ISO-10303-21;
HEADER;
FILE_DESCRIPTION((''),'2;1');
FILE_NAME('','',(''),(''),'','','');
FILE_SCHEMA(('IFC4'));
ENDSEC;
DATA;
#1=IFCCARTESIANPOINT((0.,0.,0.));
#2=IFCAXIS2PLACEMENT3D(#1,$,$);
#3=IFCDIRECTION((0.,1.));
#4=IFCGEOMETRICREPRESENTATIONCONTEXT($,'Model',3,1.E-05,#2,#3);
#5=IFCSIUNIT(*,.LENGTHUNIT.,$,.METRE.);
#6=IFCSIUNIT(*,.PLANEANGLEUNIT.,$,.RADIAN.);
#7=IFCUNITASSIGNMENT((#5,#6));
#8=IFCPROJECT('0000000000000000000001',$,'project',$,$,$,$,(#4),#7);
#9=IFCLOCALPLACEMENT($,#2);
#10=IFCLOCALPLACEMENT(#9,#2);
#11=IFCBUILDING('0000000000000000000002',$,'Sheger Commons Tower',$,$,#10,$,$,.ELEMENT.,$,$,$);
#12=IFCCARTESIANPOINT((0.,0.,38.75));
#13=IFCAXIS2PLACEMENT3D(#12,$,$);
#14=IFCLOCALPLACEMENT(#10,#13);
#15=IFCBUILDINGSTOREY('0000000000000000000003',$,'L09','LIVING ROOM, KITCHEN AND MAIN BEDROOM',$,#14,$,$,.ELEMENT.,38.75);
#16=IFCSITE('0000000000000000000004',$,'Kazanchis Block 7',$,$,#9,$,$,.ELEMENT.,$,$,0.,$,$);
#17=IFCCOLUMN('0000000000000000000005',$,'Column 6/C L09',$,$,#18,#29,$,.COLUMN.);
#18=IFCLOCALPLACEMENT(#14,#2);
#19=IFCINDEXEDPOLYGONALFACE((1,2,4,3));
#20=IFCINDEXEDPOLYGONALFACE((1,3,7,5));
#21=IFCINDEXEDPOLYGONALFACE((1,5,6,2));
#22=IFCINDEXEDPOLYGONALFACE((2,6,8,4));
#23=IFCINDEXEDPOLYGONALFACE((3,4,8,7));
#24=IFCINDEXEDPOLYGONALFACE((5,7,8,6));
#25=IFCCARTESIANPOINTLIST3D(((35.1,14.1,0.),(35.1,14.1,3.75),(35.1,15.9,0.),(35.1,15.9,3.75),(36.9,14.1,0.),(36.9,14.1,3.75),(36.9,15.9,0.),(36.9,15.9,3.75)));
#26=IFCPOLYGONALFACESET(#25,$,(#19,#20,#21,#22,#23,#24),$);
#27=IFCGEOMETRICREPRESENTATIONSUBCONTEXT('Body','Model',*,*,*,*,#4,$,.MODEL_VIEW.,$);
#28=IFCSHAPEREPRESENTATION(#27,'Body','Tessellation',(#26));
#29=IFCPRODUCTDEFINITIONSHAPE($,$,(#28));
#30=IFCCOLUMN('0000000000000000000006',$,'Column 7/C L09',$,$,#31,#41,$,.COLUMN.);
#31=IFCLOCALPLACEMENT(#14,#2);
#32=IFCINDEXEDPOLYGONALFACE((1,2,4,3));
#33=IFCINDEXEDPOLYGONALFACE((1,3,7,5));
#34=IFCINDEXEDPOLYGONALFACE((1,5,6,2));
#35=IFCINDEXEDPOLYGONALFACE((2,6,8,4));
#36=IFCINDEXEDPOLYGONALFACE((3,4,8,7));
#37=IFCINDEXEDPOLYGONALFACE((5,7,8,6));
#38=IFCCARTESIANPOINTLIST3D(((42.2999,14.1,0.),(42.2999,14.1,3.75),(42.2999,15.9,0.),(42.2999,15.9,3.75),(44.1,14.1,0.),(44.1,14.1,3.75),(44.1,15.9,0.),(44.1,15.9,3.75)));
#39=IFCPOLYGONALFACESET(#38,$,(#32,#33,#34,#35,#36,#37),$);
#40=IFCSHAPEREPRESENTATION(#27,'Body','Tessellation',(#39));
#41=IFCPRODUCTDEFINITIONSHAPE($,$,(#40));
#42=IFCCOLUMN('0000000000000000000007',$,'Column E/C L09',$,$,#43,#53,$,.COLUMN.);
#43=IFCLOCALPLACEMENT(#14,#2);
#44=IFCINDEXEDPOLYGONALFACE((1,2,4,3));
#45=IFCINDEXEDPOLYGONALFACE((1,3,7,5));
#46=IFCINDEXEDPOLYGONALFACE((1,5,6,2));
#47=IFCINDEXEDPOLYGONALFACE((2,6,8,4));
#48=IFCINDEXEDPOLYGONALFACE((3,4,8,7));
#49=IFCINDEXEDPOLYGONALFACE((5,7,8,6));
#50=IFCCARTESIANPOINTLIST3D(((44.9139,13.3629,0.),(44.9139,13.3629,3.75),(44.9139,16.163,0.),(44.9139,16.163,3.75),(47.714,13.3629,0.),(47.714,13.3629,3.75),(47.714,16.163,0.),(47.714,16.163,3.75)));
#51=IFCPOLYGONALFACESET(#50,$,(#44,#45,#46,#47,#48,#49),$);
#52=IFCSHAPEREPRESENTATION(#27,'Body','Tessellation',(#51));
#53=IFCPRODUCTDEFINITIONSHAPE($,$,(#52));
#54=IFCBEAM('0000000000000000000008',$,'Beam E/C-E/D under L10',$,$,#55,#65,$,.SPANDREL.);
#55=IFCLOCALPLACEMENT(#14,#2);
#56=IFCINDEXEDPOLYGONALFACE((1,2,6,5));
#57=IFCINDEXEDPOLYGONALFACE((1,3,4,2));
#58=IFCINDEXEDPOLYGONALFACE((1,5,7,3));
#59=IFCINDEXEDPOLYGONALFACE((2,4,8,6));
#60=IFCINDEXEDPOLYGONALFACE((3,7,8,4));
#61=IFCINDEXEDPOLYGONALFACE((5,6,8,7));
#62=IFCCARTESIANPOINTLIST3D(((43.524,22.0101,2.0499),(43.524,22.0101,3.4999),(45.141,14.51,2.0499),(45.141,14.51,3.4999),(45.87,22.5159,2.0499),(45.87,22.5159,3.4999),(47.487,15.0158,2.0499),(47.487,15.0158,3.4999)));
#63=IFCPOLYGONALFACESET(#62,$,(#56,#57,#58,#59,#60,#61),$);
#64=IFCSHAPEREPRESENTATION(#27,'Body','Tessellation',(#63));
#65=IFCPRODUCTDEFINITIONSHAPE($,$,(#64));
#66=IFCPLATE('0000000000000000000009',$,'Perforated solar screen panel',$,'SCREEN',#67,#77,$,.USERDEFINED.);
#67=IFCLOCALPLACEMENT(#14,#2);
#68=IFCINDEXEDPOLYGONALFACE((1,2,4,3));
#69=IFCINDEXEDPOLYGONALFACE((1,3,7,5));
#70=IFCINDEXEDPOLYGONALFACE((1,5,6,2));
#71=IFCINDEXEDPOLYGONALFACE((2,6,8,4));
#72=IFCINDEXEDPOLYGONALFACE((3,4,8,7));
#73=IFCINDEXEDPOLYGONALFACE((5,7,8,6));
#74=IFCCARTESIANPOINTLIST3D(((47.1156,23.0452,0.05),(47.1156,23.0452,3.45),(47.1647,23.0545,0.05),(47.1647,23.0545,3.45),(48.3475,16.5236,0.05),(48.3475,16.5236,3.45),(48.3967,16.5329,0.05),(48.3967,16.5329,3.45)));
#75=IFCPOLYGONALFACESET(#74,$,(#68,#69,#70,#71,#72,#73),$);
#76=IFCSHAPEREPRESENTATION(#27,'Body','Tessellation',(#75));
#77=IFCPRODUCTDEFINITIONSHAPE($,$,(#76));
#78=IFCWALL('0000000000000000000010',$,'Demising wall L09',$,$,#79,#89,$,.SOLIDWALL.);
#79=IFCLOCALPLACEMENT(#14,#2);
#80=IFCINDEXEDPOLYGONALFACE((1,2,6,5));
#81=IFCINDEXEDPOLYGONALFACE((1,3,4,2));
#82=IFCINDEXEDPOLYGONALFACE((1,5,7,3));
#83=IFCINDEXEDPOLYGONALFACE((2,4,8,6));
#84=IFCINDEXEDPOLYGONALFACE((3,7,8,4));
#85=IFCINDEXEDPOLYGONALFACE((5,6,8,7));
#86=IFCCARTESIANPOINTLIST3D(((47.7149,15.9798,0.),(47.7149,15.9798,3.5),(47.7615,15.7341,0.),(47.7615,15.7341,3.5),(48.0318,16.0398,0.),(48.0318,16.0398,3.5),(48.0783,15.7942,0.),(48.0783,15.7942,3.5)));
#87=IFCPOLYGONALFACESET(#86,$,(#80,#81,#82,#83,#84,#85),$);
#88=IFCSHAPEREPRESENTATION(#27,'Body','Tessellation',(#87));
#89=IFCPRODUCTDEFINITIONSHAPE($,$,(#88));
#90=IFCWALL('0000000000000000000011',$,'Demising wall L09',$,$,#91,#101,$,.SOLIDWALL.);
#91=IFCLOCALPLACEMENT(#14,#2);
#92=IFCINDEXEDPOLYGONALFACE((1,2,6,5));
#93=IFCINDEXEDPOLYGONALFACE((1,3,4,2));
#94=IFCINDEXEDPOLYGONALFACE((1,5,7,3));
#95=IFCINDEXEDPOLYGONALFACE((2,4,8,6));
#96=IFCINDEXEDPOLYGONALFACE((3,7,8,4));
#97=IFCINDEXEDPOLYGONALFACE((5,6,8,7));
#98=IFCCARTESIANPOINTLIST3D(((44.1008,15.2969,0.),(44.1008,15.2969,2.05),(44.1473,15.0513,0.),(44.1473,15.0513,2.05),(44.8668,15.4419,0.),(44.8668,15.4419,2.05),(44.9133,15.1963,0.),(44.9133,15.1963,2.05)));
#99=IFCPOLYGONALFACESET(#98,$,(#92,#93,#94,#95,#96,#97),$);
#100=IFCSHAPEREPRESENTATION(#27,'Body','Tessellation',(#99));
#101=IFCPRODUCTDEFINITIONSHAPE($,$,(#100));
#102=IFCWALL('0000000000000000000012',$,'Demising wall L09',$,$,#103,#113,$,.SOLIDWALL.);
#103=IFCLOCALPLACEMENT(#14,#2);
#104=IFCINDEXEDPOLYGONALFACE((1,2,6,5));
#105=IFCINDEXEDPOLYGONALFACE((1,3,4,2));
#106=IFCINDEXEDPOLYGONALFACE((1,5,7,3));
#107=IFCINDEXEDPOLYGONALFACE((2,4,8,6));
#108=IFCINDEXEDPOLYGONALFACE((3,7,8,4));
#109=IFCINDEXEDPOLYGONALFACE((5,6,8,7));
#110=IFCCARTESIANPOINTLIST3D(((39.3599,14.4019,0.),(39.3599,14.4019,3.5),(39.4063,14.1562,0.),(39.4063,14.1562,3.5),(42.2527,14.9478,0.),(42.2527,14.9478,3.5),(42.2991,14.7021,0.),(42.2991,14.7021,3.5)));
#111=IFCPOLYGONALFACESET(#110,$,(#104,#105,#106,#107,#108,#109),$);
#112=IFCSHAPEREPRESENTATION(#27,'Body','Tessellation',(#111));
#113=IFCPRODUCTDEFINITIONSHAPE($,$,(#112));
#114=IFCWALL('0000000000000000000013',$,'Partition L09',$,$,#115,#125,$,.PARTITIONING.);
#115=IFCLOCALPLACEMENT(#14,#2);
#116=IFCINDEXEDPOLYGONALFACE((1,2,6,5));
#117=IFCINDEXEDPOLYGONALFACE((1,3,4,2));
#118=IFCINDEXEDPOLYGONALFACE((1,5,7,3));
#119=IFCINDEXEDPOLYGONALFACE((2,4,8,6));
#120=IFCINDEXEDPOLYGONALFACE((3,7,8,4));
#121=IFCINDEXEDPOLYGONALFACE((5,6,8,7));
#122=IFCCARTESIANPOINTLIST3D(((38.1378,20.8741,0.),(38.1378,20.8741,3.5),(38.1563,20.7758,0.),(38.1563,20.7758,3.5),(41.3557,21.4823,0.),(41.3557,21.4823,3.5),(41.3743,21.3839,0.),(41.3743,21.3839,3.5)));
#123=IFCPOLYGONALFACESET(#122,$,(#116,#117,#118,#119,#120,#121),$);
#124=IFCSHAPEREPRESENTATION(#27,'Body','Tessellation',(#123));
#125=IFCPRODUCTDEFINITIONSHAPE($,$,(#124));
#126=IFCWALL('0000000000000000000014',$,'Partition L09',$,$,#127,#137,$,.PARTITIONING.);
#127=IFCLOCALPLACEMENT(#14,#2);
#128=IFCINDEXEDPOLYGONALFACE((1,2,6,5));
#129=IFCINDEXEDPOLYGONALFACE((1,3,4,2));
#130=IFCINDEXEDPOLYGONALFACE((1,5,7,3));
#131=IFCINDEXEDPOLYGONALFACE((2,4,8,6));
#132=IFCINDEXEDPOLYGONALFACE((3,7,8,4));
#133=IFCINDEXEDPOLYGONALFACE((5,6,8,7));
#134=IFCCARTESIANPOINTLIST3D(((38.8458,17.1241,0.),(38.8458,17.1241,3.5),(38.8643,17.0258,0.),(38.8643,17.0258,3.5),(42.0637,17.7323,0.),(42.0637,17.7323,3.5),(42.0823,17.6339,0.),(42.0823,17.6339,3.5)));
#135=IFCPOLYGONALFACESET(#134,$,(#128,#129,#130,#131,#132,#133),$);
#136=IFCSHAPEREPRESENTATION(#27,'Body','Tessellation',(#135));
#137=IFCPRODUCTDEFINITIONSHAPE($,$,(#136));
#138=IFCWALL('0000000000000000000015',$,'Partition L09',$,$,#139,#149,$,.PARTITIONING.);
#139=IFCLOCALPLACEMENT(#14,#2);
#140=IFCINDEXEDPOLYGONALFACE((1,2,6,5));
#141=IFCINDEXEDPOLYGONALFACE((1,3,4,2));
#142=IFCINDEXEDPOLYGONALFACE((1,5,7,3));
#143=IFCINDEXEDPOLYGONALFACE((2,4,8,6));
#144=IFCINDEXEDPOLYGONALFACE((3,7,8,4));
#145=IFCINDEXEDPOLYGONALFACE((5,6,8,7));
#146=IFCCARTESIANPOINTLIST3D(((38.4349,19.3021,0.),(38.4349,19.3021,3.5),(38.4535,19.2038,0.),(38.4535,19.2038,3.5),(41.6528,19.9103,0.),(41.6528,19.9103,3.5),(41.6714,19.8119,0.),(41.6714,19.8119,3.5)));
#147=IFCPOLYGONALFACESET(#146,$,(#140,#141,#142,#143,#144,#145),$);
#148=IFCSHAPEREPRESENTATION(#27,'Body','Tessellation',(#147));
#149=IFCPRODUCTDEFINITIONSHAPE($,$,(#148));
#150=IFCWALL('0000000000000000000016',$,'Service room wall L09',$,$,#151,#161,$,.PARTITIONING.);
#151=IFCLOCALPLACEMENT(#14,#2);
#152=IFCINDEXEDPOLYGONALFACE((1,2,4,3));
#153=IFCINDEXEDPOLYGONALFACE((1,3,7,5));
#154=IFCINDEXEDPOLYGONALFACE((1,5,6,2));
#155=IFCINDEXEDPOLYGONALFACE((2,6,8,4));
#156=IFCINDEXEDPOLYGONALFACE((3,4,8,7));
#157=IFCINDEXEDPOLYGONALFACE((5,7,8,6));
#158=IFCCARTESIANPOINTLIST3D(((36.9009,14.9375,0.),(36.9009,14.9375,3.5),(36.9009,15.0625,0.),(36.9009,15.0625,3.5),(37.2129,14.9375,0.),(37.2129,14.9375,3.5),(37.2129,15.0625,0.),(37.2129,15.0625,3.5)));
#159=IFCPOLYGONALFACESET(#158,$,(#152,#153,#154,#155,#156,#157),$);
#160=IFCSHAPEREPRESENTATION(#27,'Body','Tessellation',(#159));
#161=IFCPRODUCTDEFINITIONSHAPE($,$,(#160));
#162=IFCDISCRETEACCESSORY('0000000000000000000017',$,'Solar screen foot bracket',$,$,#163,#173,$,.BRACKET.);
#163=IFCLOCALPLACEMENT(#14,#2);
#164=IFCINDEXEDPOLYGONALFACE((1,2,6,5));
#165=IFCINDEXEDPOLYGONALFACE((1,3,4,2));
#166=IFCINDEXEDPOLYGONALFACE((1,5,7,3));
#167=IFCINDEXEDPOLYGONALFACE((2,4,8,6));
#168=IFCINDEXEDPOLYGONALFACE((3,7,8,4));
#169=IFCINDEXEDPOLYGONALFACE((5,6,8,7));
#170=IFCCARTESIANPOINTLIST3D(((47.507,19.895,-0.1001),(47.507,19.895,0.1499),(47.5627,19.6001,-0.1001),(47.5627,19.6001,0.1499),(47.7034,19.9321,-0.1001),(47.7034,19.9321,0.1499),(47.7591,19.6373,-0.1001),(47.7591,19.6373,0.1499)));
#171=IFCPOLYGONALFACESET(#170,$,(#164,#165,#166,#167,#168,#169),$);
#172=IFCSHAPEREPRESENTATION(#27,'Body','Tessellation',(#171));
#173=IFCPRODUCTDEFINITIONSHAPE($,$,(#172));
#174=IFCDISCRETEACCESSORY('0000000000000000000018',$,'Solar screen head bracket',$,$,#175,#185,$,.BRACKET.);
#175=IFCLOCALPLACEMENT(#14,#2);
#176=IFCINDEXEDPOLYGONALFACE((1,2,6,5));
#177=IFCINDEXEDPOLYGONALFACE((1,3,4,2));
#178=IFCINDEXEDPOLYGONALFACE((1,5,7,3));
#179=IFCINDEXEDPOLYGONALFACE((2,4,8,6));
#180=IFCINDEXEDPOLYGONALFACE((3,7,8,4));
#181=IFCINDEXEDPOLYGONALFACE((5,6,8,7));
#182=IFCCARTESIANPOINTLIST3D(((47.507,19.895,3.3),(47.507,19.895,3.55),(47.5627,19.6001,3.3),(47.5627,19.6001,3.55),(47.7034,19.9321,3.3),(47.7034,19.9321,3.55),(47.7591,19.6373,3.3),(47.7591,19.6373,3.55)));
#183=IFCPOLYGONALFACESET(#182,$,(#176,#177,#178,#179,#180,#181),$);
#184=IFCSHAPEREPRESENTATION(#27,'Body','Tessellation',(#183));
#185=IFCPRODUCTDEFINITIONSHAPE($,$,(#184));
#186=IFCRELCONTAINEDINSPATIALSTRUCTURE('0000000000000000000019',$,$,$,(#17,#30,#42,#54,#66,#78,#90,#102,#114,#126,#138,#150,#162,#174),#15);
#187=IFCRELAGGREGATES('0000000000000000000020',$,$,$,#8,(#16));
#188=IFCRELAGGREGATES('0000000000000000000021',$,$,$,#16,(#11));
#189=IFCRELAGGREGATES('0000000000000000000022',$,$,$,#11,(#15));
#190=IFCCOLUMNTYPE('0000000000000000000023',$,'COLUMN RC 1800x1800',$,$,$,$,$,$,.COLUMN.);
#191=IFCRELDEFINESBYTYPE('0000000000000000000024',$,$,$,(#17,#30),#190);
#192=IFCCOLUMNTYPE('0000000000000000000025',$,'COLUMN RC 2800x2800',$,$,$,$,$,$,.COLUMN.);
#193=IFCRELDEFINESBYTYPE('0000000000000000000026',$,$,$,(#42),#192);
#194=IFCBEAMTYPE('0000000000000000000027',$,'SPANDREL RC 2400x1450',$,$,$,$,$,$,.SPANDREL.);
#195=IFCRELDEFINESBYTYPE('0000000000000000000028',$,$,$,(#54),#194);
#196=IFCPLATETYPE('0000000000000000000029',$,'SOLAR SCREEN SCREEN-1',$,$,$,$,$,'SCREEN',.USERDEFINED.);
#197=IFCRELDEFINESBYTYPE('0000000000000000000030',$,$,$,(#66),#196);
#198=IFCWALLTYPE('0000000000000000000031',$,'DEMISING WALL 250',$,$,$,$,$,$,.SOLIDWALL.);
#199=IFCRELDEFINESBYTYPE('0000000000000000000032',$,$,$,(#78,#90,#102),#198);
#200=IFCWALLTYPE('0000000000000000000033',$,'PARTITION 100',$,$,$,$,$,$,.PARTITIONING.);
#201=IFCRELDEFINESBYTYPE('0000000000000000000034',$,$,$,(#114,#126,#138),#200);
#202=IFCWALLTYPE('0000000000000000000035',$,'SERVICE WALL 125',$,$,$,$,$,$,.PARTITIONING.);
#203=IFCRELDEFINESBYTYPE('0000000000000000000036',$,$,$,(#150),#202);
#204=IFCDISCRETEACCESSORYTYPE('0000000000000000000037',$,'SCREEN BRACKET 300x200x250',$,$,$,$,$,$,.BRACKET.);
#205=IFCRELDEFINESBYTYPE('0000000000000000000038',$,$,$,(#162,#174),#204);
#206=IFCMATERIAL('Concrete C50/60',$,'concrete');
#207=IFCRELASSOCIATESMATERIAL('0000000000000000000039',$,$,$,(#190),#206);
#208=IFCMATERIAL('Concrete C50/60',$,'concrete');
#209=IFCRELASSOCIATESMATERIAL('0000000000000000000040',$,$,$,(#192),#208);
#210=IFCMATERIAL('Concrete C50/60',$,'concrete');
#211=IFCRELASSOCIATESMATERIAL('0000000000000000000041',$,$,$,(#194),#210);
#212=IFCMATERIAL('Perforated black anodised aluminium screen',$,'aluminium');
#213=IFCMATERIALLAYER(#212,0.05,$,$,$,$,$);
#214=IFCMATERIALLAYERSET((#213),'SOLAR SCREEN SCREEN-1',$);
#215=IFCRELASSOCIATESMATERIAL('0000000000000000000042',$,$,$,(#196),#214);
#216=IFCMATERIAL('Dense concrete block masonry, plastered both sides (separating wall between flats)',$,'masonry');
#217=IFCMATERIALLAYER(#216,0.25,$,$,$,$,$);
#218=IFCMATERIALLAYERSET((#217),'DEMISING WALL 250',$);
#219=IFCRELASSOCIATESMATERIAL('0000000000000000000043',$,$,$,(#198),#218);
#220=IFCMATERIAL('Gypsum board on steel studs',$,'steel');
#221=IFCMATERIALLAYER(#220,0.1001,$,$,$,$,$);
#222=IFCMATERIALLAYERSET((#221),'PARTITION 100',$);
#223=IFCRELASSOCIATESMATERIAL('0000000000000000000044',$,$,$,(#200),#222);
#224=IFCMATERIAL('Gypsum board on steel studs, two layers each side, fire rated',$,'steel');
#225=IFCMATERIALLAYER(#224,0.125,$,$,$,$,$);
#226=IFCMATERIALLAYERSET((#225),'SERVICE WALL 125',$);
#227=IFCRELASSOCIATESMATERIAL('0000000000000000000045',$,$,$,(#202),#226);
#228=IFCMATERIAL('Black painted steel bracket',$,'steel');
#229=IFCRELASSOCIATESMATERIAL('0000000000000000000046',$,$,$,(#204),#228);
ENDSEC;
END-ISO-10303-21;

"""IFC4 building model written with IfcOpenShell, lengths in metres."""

from ifc_helpers import new_model, si_unit, direction, frame, frame_2d, origin, origin_2d, place, context, subcontext, project, spatial, rectangle, extrude, material, layer, layer_set, material_profile, profile_set, type_object, element, save


model = new_model("IFC4")

# Units and contexts
model_context = context("Model", 3, precision=1e-05, world=origin(), true_north=direction((0.0, 1.0)))
body_context = subcontext(model_context, "Body", "Model", "MODEL_VIEW")
ifc_project = project(units=[si_unit("LENGTHUNIT", "METRE"), si_unit("PLANEANGLEUNIT", "RADIAN")], contexts=[model_context])

# Site, building, storey
site_placement = place(None, origin())
site = spatial("IfcSite", under=ifc_project, at=site_placement, Name="Kazanchis Block 7", CompositionType="ELEMENT", RefElevation=0.0)
building_placement = place(site_placement, origin())
building = spatial("IfcBuilding", under=site, at=building_placement, Name="Sheger Commons Tower", CompositionType="ELEMENT")
storey_placement = place(building_placement, frame((0.0, 0.0, 38.75)))
storey = spatial("IfcBuildingStorey", under=building, at=storey_placement, Name="L09", Description="LIVING ROOM, KITCHEN AND MAIN BEDROOM", CompositionType="ELEMENT", Elevation=38.75)

# Columns
ifc_material_1 = material(Name="Concrete C50/60", Category="concrete")
ifc_material_profile_1 = material_profile(ifc_material_1, rectangle(XDim=1.8, YDim=1.8, at=origin_2d()), Name="RC 1800x1800")
ifc_profile_set_1 = profile_set([ifc_material_profile_1], Name="Concrete C50/60")
column_type_1 = type_object("IfcColumnType", Name="COLUMN RC 1800x1800", PredefinedType="COLUMN", material=ifc_profile_set_1)
for number, where, z_axis, x_axis, name in (
    (1, (36.0, 15.0, 0.0), (0.0, 0.0, 1.0), (1.0, 0.0, 0.0), "Column 6/C L09"),
    (2, (43.2, 15.0, 0.0), (0.0, 0.0, 1.0), (1.0, 0.0, 0.0), "Column 7/C L09"),
):
    element("IfcColumn", number, at=place(storey_placement, frame(where, z_axis=z_axis, x_axis=x_axis)), inside=storey, type_object=column_type_1, Name=name, PredefinedType="COLUMN", context=body_context, shape_type="SweptSolid", body=[
        extrude(rectangle(XDim=1.8, YDim=1.8, at=origin_2d()), origin(), (0.0, 0.0, 1.0), 3.75),
    ])
ifc_material_2 = material(Name="Concrete C50/60", Category="concrete")
ifc_material_profile_2 = material_profile(ifc_material_2, rectangle(XDim=2.8, YDim=2.8, at=origin_2d()), Name="RC 2800x2800")
ifc_profile_set_2 = profile_set([ifc_material_profile_2], Name="Concrete C50/60")
column_type_2 = type_object("IfcColumnType", Name="COLUMN RC 2800x2800", PredefinedType="COLUMN", material=ifc_profile_set_2)
column_placement = place(storey_placement, frame((46.314, 14.7629, 0.0), z_axis=(0.0, 0.0, 1.0), x_axis=(1.0, 0.0, 0.0)))
element("IfcColumn", 3, at=column_placement, inside=storey, type_object=column_type_2, Name="Column E/C L09", PredefinedType="COLUMN", context=body_context, shape_type="SweptSolid", body=[
    extrude(rectangle(XDim=2.8, YDim=2.8, at=origin_2d()), origin(), (0.0, 0.0, 1.0), 3.75),
])

# Beam
ifc_material_3 = material(Name="Concrete C50/60", Category="concrete")
ifc_material_profile_3 = material_profile(ifc_material_3, rectangle(XDim=2.3999, YDim=1.45, at=origin_2d()), Name="RC 2400x1450")
ifc_profile_set_3 = profile_set([ifc_material_profile_3], Name="Concrete C50/60")
beam_type = type_object("IfcBeamType", Name="SPANDREL RC 2400x1450", PredefinedType="SPANDREL", material=ifc_profile_set_3)
beam_placement = place(storey_placement, frame((46.314, 14.7629, 2.7749), z_axis=(-0.21075, 0.97754, 0.0), x_axis=(-0.97754, -0.21075, 0.0)))
element("IfcBeam", 4, at=beam_placement, inside=storey, type_object=beam_type, Name="Beam E/C-E/D under L10", PredefinedType="SPANDREL", context=body_context, shape_type="SweptSolid", body=[
    extrude(rectangle(XDim=2.3999, YDim=1.45, at=origin_2d()), origin(), (0.0, 0.0, 1.0), 7.6724),
])

# Plate
ifc_material_4 = material(Name="Perforated black anodised aluminium screen", Category="aluminium")
ifc_layer_1 = layer(ifc_material_4, 0.05)
ifc_layer_set_1 = layer_set([ifc_layer_1], Name="SOLAR SCREEN SCREEN-1")
plate_type = type_object("IfcPlateType", Name="SOLAR SCREEN SCREEN-1", ElementType="SCREEN", PredefinedType="USERDEFINED", material=ifc_layer_set_1)
plate_placement = place(storey_placement, frame((47.7561, 19.7891, 0.05), z_axis=(0.0, 0.0, 1.0), x_axis=(-0.185615, 0.982623, 0.0)))
element("IfcPlate", 5, at=plate_placement, inside=storey, type_object=plate_type, Name="Perforated solar screen panel", ObjectType="SCREEN", PredefinedType="USERDEFINED", context=body_context, shape_type="SweptSolid", body=[
    extrude(rectangle(XDim=6.637, YDim=0.05, at=origin_2d()), origin(), (0.0, 0.0, 1.0), 3.3999),
])

# Walls
ifc_material_5 = material(Name="Dense concrete block masonry, plastered both sides (separating wall between flats)", Category="masonry")
ifc_layer_2 = layer(ifc_material_5, 0.25)
ifc_layer_set_2 = layer_set([ifc_layer_2], Name="DEMISING WALL 250")
wall_type_1 = type_object("IfcWallType", Name="DEMISING WALL 250", PredefinedType="SOLIDWALL", material=ifc_layer_set_2)
wall_1_placement = place(storey_placement, frame((48.0549, 15.917, 0.0), z_axis=(0.0, 0.0, 1.0), x_axis=(-0.98251, -0.186208, 0.0)))
element("IfcWall", 6, at=wall_1_placement, inside=storey, type_object=wall_type_1, Name="Demising wall L09", PredefinedType="SOLIDWALL", context=body_context, shape_type="SweptSolid", body=[
    extrude(rectangle(XDim=0.3225, YDim=0.25, at=frame_2d((0.1611, 0.0))), origin(), (0.0, 0.0, 1.0), 3.5),
])
wall_2_placement = place(storey_placement, frame((44.8899, 15.3191, 0.0), z_axis=(0.0, 0.0, 1.0), x_axis=(-0.982541, -0.186047, 0.0)))
element("IfcWall", 7, at=wall_2_placement, inside=storey, type_object=wall_type_1, Name="Demising wall L09", PredefinedType="SOLIDWALL", context=body_context, shape_type="SweptSolid", body=[
    extrude(rectangle(XDim=0.7795, YDim=0.25, at=frame_2d((0.3896, 0.0))), origin(), (0.0, 0.0, 1.0), 2.05),
])
wall_3_placement = place(storey_placement, frame((42.2759, 14.825, 0.0), z_axis=(0.0, 0.0, 1.0), x_axis=(-0.982657, -0.185435, 0.0)))
element("IfcWall", 8, at=wall_3_placement, inside=storey, type_object=wall_type_1, Name="Demising wall L09", PredefinedType="SOLIDWALL", context=body_context, shape_type="SweptSolid", body=[
    extrude(rectangle(XDim=2.9438, YDim=0.25, at=frame_2d((1.4719, 0.0))), origin(), (0.0, 0.0, 1.0), 3.5),
])
ifc_material_6 = material(Name="Gypsum board on steel studs", Category="steel")
ifc_layer_3 = layer(ifc_material_6, 0.1001)
ifc_layer_set_3 = layer_set([ifc_layer_3], Name="PARTITION 100")
wall_type_2 = type_object("IfcWallType", Name="PARTITION 100", PredefinedType="PARTITIONING", material=ifc_layer_set_3)
for number, where, z_axis, x_axis, name in (
    (9, (41.365, 21.4331, 0.0), (0.0, 0.0, 1.0), (-0.982607, -0.185697, 0.0), "Partition L09"),
    (10, (42.073, 17.6831, 0.0), (0.0, 0.0, 1.0), (-0.982607, -0.185697, 0.0), "Partition L09"),
    (11, (41.6621, 19.8611, 0.0), (0.0, 0.0, 1.0), (-0.982607, -0.185697, 0.0), "Partition L09"),
):
    element("IfcWall", number, at=place(storey_placement, frame(where, z_axis=z_axis, x_axis=x_axis)), inside=storey, type_object=wall_type_2, Name=name, PredefinedType="PARTITIONING", context=body_context, shape_type="SweptSolid", body=[
        extrude(rectangle(XDim=3.2749, YDim=0.1001, at=frame_2d((1.6375, 0.0))), origin(), (0.0, 0.0, 1.0), 3.5),
    ])
ifc_material_7 = material(Name="Gypsum board on steel studs, two layers each side, fire rated", Category="steel")
ifc_layer_4 = layer(ifc_material_7, 0.125)
ifc_layer_set_4 = layer_set([ifc_layer_4], Name="SERVICE WALL 125")
wall_type_3 = type_object("IfcWallType", Name="SERVICE WALL 125", PredefinedType="PARTITIONING", material=ifc_layer_set_4)
wall_4_placement = place(storey_placement, frame((36.9009, 15.0, 0.0), z_axis=(0.0, 0.0, 1.0), x_axis=(1.0, 0.0, 0.0)))
element("IfcWall", 12, at=wall_4_placement, inside=storey, type_object=wall_type_3, Name="Service room wall L09", PredefinedType="PARTITIONING", context=body_context, shape_type="SweptSolid", body=[
    extrude(rectangle(XDim=0.312, YDim=0.125, at=frame_2d((0.156, 0.0))), origin(), (0.0, 0.0, 1.0), 3.5),
])

# Discrete accessories
ifc_material_8 = material(Name="Black painted steel bracket", Category="steel")
discrete_accessory_type = type_object("IfcDiscreteAccessoryType", Name="SCREEN BRACKET 300x200x250", PredefinedType="BRACKET", material=ifc_material_8)
for number, where, z_axis, x_axis, name in (
    (13, (47.6331, 19.7661, -0.1001), (0.0, 0.0, 1.0), (-0.185615, 0.982623, 0.0), "Solar screen foot bracket"),
    (14, (47.6331, 19.7661, 3.3), (0.0, 0.0, 1.0), (-0.185615, 0.982623, 0.0), "Solar screen head bracket"),
):
    element("IfcDiscreteAccessory", number, at=place(storey_placement, frame(where, z_axis=z_axis, x_axis=x_axis)), inside=storey, type_object=discrete_accessory_type, Name=name, PredefinedType="BRACKET", context=body_context, shape_type="SweptSolid", body=[
        extrude(rectangle(XDim=0.3, YDim=0.2, at=origin_2d()), origin(), (0.0, 0.0, 1.0), 0.25),
    ])

save(model, "model.ifc")
